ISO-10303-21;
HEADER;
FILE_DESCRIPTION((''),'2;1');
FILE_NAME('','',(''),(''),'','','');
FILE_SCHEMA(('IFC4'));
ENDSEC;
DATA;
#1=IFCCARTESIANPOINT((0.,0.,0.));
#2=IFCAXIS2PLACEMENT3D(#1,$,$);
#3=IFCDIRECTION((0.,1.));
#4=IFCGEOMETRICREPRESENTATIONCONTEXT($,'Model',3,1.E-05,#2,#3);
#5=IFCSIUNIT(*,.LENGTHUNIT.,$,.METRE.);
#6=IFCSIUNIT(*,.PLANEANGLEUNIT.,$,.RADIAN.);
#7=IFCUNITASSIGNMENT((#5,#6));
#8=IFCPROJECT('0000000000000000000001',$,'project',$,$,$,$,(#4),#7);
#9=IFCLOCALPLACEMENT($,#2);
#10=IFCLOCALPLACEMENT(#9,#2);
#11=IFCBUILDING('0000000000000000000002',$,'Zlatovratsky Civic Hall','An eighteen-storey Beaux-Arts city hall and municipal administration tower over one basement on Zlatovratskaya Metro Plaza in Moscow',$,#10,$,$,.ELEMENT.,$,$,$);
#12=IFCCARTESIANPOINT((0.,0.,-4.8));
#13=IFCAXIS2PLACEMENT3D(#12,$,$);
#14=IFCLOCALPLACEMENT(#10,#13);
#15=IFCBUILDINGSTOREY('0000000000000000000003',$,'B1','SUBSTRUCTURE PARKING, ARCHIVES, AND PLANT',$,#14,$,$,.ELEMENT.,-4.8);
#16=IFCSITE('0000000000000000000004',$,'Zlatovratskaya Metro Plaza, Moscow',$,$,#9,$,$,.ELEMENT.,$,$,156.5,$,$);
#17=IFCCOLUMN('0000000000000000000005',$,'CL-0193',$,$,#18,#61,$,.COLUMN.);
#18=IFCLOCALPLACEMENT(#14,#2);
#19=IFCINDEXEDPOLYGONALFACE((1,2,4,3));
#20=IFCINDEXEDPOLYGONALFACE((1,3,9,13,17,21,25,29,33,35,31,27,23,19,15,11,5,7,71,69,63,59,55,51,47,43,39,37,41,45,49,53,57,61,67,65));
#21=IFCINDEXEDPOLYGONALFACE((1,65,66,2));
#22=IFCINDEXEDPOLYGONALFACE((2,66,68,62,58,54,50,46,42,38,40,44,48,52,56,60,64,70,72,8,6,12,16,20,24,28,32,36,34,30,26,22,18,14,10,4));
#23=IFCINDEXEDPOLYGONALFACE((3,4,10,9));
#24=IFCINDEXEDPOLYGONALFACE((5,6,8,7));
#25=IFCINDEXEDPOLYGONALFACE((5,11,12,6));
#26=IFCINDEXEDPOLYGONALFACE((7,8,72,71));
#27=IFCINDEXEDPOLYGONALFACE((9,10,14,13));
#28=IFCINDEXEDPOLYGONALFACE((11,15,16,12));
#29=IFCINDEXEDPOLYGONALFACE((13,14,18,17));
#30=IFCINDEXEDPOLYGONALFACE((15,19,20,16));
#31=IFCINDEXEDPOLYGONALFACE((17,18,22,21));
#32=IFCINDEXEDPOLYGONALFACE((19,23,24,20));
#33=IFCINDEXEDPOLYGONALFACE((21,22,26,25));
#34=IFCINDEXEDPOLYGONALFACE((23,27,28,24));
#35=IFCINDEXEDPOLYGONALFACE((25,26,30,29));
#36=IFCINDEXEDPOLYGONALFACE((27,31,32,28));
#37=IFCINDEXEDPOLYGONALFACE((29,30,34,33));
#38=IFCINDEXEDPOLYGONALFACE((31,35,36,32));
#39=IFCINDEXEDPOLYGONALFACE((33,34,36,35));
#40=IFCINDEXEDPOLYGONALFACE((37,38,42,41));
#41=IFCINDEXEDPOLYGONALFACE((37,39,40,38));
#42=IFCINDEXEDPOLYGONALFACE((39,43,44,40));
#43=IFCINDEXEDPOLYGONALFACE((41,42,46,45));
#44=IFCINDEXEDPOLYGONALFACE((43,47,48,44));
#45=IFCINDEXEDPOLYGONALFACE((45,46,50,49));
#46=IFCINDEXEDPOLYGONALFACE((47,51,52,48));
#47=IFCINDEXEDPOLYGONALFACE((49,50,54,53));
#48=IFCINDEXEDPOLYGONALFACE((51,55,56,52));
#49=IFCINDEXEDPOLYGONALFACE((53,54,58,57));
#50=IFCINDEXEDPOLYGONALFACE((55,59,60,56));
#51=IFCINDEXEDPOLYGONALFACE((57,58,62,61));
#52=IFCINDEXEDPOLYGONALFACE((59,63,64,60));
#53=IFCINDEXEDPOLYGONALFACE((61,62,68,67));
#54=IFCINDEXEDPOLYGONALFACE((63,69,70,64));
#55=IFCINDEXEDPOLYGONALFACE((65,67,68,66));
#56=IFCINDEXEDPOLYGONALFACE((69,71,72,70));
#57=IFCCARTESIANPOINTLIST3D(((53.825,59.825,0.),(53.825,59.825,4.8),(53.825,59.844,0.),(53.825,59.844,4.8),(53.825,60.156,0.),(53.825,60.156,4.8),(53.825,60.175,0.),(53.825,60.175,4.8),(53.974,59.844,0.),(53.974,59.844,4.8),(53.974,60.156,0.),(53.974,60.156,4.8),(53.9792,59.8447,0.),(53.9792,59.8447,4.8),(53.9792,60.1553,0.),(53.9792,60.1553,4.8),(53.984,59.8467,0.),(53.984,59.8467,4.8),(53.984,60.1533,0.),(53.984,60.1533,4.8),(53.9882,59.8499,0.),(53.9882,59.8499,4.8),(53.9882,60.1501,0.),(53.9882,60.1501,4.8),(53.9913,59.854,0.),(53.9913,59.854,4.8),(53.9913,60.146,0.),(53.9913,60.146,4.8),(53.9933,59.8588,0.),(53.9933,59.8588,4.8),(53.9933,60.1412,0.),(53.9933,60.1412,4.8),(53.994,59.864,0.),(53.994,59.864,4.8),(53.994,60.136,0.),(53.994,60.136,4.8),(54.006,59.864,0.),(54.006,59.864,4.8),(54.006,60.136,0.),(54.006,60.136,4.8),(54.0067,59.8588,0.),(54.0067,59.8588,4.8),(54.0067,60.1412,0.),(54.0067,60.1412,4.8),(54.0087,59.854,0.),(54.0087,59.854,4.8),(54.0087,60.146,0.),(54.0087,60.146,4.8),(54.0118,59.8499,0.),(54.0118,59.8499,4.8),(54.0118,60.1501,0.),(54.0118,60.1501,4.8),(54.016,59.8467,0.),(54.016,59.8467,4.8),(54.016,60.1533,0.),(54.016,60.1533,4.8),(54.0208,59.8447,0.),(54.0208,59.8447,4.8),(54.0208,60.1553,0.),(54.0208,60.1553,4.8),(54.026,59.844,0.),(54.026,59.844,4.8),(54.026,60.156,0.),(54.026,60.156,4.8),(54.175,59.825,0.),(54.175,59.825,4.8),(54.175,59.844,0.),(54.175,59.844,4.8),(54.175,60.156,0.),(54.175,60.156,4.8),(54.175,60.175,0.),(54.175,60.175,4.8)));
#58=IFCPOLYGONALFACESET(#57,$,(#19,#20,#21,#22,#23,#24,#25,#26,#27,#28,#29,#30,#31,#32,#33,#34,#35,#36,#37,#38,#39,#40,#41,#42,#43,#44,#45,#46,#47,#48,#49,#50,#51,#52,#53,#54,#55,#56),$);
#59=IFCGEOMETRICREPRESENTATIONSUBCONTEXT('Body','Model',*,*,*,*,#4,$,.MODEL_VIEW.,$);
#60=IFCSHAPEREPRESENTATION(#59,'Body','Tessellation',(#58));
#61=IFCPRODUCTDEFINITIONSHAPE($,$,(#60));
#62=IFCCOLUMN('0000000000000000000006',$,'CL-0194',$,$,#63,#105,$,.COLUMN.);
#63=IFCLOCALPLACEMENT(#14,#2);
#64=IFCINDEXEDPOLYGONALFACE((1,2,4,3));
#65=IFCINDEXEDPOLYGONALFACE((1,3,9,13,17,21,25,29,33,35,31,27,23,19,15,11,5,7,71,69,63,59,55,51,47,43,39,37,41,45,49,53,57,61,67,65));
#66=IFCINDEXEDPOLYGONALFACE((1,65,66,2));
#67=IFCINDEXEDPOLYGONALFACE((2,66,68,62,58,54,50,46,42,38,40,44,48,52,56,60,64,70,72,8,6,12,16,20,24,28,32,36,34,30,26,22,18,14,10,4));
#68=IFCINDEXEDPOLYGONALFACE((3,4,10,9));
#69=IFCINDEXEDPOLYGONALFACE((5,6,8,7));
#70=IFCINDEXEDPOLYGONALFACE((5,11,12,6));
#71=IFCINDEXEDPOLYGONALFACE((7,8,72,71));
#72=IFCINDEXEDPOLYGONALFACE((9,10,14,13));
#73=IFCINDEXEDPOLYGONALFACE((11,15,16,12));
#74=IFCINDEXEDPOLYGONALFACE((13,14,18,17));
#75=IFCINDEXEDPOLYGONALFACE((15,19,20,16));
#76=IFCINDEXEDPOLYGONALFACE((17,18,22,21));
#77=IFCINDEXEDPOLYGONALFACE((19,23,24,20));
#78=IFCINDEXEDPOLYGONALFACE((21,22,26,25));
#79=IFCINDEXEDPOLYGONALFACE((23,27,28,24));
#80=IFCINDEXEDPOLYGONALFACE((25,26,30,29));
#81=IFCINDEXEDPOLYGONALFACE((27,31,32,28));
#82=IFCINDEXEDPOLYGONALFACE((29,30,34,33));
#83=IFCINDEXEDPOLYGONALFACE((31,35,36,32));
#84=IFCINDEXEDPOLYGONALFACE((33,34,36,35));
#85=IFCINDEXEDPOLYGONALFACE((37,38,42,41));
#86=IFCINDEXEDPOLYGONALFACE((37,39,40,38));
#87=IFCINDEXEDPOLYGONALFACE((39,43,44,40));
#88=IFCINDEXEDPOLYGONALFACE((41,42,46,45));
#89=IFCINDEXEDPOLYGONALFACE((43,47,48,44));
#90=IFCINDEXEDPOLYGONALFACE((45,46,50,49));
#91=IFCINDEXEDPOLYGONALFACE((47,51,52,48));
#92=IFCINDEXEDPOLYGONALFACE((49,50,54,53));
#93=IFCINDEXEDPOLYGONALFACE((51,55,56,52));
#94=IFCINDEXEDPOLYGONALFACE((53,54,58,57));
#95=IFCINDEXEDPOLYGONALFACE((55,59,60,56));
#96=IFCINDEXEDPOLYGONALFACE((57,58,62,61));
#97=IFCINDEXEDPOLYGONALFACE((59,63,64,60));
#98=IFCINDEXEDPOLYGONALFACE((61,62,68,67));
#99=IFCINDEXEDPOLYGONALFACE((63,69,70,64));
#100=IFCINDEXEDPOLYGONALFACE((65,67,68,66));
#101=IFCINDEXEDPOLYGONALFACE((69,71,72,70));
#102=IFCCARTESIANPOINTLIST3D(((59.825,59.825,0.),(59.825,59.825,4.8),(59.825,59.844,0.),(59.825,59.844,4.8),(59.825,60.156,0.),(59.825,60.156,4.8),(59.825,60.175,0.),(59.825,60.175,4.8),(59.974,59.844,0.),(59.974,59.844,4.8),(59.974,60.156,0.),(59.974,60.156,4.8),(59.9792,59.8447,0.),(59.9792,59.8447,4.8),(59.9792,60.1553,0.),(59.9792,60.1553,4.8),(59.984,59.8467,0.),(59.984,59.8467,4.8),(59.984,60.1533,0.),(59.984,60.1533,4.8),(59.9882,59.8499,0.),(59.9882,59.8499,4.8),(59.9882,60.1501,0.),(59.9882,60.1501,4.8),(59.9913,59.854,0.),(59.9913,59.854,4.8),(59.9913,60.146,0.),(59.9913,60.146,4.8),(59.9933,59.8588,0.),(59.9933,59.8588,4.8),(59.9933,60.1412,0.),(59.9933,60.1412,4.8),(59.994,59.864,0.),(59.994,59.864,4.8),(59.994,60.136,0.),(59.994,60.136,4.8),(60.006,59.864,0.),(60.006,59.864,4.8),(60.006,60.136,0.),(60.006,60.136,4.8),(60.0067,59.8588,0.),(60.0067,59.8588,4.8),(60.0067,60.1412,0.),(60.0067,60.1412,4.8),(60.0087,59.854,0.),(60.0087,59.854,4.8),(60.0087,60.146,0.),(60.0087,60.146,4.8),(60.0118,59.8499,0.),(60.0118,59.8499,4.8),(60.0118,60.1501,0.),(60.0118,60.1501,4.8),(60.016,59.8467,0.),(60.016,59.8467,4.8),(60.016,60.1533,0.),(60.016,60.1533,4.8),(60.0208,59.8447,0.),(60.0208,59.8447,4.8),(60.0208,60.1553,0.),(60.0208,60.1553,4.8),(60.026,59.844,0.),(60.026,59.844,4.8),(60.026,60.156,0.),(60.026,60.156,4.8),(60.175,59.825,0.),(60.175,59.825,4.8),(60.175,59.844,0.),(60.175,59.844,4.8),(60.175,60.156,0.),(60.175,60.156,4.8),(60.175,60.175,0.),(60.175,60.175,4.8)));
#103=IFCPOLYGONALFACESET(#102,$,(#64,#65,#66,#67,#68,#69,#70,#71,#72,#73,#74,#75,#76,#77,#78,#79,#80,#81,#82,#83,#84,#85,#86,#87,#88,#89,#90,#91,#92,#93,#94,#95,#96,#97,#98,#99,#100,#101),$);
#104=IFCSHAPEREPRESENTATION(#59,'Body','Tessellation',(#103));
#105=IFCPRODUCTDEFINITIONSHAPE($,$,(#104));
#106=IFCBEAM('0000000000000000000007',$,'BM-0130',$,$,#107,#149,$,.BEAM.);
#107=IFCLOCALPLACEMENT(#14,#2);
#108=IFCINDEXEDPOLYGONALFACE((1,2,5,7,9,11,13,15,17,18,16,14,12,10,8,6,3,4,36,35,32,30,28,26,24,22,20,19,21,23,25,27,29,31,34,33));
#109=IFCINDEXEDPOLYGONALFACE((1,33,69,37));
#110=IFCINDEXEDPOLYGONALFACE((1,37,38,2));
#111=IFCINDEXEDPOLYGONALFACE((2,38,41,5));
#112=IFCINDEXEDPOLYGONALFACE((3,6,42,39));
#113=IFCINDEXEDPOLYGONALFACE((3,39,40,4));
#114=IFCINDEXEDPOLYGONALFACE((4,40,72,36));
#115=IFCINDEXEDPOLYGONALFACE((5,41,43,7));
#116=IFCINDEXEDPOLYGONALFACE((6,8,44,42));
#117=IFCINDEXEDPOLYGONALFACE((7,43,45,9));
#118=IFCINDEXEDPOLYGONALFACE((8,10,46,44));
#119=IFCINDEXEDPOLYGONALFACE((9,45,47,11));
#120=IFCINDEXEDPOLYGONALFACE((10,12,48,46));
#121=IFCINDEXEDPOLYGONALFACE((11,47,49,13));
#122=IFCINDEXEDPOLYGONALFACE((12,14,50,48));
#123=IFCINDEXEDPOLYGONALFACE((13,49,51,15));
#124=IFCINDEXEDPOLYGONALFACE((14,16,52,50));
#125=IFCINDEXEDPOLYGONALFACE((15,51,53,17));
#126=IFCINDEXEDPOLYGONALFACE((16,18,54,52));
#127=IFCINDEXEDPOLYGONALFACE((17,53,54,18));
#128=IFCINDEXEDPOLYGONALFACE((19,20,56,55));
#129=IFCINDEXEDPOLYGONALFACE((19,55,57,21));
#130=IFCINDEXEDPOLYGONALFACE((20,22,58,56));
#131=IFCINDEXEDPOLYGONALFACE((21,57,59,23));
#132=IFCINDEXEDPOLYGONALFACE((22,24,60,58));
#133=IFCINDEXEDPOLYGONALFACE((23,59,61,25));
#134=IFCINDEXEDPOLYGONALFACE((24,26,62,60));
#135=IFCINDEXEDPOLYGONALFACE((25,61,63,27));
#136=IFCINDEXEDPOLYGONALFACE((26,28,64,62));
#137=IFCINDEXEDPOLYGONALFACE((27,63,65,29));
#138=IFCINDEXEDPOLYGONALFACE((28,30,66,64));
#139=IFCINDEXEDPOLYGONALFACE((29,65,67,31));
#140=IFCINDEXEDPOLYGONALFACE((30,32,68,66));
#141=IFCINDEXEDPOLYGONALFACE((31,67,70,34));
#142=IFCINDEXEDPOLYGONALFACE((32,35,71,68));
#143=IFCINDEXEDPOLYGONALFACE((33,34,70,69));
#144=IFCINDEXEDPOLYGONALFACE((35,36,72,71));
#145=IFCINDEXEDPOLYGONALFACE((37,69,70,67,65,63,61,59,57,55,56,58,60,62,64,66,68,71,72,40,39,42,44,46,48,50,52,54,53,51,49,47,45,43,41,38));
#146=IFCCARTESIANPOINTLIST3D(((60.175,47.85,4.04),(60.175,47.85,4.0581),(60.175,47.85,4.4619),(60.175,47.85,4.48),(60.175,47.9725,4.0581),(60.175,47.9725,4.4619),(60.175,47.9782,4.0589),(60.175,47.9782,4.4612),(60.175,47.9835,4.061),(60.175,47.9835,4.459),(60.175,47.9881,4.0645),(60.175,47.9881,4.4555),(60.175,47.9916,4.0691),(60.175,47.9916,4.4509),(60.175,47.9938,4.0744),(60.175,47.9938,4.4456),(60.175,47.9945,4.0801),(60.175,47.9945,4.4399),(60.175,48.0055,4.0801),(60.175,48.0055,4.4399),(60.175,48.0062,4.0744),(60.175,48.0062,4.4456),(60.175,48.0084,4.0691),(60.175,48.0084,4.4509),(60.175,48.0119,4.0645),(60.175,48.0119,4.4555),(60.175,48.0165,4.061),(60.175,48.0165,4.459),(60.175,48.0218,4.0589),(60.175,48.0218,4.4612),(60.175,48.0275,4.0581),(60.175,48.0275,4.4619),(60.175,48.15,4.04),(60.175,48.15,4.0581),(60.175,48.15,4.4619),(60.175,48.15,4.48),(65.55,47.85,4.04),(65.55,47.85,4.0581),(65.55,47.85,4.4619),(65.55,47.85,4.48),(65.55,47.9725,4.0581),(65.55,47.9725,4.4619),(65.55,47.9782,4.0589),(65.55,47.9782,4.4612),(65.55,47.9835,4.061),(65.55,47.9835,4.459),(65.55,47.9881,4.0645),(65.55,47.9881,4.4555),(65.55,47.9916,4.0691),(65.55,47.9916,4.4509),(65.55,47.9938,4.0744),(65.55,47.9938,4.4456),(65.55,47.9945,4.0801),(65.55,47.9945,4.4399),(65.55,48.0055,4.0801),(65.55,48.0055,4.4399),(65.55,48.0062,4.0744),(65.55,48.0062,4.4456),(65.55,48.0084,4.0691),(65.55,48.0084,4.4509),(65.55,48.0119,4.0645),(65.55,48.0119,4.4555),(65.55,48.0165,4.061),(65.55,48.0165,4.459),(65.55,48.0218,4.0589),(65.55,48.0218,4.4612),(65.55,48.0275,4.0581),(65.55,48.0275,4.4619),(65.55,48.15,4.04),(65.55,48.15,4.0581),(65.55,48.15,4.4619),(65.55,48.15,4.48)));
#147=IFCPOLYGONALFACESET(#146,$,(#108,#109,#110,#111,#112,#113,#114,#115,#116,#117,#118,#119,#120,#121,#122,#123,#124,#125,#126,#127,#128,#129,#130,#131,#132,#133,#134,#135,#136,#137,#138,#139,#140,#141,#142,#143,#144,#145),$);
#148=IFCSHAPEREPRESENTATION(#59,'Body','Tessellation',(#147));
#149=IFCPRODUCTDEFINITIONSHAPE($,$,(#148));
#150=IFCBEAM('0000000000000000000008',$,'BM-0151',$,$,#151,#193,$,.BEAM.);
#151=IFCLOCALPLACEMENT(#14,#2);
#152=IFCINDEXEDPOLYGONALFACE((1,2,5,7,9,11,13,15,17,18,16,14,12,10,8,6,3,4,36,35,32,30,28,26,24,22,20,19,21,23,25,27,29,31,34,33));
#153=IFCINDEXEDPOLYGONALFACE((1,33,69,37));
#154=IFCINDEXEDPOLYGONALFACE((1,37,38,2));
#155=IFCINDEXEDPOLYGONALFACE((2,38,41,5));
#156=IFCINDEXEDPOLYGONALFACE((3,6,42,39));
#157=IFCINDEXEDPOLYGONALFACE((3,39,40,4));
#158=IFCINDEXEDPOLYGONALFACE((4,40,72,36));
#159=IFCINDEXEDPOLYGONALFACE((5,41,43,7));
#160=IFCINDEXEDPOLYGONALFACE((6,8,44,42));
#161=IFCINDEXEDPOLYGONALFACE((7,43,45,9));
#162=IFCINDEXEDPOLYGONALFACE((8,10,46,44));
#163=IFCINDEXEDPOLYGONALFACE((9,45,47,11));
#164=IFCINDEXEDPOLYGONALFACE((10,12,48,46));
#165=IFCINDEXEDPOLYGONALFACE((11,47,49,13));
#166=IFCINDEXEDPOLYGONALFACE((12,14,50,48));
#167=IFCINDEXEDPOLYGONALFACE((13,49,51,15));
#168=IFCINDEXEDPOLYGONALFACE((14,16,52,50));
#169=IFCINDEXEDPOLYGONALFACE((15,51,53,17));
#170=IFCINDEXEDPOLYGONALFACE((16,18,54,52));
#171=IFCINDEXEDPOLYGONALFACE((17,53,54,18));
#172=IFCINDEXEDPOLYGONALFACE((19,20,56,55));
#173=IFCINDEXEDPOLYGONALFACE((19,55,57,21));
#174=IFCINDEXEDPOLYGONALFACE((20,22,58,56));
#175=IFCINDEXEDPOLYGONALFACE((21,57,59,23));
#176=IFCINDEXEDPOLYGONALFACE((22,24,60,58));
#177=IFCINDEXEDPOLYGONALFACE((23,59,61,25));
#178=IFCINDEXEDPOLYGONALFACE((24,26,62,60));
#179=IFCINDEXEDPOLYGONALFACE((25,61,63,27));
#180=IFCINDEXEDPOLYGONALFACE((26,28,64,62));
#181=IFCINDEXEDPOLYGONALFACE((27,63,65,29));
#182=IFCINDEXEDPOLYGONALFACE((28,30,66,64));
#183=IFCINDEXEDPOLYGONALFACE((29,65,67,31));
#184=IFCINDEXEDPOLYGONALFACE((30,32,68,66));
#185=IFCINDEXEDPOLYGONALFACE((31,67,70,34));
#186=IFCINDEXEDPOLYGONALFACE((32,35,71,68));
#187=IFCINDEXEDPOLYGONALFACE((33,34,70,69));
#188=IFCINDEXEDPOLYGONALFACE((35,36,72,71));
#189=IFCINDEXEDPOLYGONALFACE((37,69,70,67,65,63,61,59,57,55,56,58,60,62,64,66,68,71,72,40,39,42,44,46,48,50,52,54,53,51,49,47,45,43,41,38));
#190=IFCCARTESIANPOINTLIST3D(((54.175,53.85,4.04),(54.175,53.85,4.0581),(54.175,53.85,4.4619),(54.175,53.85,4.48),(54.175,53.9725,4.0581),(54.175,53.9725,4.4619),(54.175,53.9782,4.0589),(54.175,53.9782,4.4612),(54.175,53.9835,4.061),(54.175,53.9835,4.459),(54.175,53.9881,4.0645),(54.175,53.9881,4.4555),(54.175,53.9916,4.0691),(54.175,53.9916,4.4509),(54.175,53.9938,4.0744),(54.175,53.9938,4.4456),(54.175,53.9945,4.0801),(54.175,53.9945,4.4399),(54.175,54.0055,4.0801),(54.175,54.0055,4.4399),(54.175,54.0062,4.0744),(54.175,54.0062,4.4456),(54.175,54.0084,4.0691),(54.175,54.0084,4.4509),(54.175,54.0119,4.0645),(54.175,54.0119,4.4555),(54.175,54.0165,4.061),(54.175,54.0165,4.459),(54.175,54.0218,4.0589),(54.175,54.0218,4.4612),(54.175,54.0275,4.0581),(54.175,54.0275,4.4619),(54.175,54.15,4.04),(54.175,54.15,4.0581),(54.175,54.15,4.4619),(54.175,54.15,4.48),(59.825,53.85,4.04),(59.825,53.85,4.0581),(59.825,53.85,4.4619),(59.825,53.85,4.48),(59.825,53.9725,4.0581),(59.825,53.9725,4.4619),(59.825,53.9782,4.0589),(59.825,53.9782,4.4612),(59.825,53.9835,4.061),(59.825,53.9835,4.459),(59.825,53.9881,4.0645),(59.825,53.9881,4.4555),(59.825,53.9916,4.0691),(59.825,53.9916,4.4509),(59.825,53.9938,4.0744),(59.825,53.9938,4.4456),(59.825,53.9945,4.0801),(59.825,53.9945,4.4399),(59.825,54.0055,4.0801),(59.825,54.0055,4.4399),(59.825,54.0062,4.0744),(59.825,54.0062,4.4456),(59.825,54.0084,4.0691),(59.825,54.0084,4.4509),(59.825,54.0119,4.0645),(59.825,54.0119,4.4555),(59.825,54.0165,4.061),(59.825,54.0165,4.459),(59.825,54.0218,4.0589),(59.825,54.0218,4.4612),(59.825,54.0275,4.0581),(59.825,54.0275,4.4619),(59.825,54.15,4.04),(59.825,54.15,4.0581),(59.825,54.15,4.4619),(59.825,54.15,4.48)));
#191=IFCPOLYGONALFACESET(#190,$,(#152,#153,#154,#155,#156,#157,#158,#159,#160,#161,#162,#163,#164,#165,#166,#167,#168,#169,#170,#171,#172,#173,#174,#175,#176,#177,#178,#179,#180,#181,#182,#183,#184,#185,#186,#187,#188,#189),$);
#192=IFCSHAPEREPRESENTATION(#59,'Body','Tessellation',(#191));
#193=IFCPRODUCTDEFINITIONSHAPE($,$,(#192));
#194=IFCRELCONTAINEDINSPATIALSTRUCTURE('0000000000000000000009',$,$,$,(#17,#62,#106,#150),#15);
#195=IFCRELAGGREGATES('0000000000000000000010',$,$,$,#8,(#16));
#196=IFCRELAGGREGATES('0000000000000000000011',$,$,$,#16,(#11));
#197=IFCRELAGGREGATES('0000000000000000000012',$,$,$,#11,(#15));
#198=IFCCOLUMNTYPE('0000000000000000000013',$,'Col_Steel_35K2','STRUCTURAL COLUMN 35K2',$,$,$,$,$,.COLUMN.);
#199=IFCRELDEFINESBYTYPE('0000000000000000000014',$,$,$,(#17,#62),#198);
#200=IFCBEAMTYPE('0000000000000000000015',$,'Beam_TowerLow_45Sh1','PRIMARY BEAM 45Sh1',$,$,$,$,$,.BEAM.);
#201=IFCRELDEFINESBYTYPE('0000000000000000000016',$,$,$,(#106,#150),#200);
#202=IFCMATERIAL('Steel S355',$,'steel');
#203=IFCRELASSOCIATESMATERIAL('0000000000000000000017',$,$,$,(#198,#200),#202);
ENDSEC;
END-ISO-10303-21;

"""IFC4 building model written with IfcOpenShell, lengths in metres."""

from ifc_helpers import new_model, si_unit, direction, frame, origin, origin_2d, place, context, subcontext, project, spatial, i_section, extrude, material, material_profile, profile_set, type_object, element, save


model = new_model("IFC4")

# Units and contexts
model_context = context("Model", 3, precision=1e-05, world=origin(), true_north=direction((0.0, 1.0)))
body_context = subcontext(model_context, "Body", "Model", "MODEL_VIEW")
ifc_project = project(units=[si_unit("LENGTHUNIT", "METRE"), si_unit("PLANEANGLEUNIT", "RADIAN")], contexts=[model_context])

# Site, building, storey
site_placement = place(None, origin())
site = spatial("IfcSite", under=ifc_project, at=site_placement, Name="Zlatovratskaya Metro Plaza, Moscow", CompositionType="ELEMENT", RefElevation=156.5)
building_placement = place(site_placement, origin())
building = spatial("IfcBuilding", under=site, at=building_placement, Name="Zlatovratsky Civic Hall", Description="An eighteen-storey Beaux-Arts city hall and municipal administration tower over one basement on Zlatovratskaya Metro Plaza in Moscow", CompositionType="ELEMENT")
storey_placement = place(building_placement, frame((0.0, 0.0, -4.8)))
storey = spatial("IfcBuildingStorey", under=building, at=storey_placement, Name="B1", Description="SUBSTRUCTURE PARKING, ARCHIVES, AND PLANT", CompositionType="ELEMENT", Elevation=-4.8)

# Columns
ifc_material_1 = material(Name="Steel S355", Category="steel")
ifc_material_profile_1 = material_profile(ifc_material_1, i_section(OverallWidth=0.3501, OverallDepth=0.3501, WebThickness=0.012, FlangeThickness=0.019, FilletRadius=0.02, at=origin_2d()), Name="35K2")
ifc_profile_set_1 = profile_set([ifc_material_profile_1], Name="Steel S355")
column_type = type_object("IfcColumnType", Name="Col_Steel_35K2", Description="STRUCTURAL COLUMN 35K2", PredefinedType="COLUMN", material=ifc_profile_set_1)
for number, where, z_axis, x_axis, name in (
    (1, (54.0, 60.0, 0.0), (0.0, 0.0, 1.0), (1.0, 0.0, 0.0), "CL-0193"),
    (2, (60.0, 60.0, 0.0), (0.0, 0.0, 1.0), (1.0, 0.0, 0.0), "CL-0194"),
):
    element("IfcColumn", number, at=place(storey_placement, frame(where, z_axis=z_axis, x_axis=x_axis)), inside=storey, type_object=column_type, Name=name, PredefinedType="COLUMN", context=body_context, shape_type="SweptSolid", body=[
        extrude(i_section(OverallWidth=0.3501, OverallDepth=0.3501, WebThickness=0.012, FlangeThickness=0.019, FilletRadius=0.02, at=origin_2d()), origin(), (0.0, 0.0, 1.0), 4.8),
    ])

# Beams
ifc_material_profile_2 = material_profile(ifc_material_1, i_section(OverallWidth=0.3, OverallDepth=0.4399, WebThickness=0.011, FlangeThickness=0.0181, FilletRadius=0.022, at=origin_2d()), Name="45Sh1")
ifc_profile_set_2 = profile_set([ifc_material_profile_2], Name="Steel S355")
beam_type = type_object("IfcBeamType", Name="Beam_TowerLow_45Sh1", Description="PRIMARY BEAM 45Sh1", PredefinedType="BEAM", material=ifc_profile_set_2)
beam_1_placement = place(storey_placement, frame((60.175, 48.0, 4.26), z_axis=(1.0, 0.0, 0.0), x_axis=(0.0, 1.0, 0.0)))
element("IfcBeam", 3, at=beam_1_placement, inside=storey, type_object=beam_type, Name="BM-0130", PredefinedType="BEAM", context=body_context, shape_type="SweptSolid", body=[
    extrude(i_section(OverallWidth=0.3, OverallDepth=0.4399, WebThickness=0.011, FlangeThickness=0.0181, FilletRadius=0.022, at=origin_2d()), origin(), (0.0, 0.0, 1.0), 5.375),
])
beam_2_placement = place(storey_placement, frame((54.175, 54.0, 4.26), z_axis=(1.0, 0.0, 0.0), x_axis=(0.0, 1.0, 0.0)))
element("IfcBeam", 4, at=beam_2_placement, inside=storey, type_object=beam_type, Name="BM-0151", PredefinedType="BEAM", context=body_context, shape_type="SweptSolid", body=[
    extrude(i_section(OverallWidth=0.3, OverallDepth=0.4399, WebThickness=0.011, FlangeThickness=0.0181, FilletRadius=0.022, at=origin_2d()), origin(), (0.0, 0.0, 1.0), 5.6499),
])

save(model, "model.ifc")
